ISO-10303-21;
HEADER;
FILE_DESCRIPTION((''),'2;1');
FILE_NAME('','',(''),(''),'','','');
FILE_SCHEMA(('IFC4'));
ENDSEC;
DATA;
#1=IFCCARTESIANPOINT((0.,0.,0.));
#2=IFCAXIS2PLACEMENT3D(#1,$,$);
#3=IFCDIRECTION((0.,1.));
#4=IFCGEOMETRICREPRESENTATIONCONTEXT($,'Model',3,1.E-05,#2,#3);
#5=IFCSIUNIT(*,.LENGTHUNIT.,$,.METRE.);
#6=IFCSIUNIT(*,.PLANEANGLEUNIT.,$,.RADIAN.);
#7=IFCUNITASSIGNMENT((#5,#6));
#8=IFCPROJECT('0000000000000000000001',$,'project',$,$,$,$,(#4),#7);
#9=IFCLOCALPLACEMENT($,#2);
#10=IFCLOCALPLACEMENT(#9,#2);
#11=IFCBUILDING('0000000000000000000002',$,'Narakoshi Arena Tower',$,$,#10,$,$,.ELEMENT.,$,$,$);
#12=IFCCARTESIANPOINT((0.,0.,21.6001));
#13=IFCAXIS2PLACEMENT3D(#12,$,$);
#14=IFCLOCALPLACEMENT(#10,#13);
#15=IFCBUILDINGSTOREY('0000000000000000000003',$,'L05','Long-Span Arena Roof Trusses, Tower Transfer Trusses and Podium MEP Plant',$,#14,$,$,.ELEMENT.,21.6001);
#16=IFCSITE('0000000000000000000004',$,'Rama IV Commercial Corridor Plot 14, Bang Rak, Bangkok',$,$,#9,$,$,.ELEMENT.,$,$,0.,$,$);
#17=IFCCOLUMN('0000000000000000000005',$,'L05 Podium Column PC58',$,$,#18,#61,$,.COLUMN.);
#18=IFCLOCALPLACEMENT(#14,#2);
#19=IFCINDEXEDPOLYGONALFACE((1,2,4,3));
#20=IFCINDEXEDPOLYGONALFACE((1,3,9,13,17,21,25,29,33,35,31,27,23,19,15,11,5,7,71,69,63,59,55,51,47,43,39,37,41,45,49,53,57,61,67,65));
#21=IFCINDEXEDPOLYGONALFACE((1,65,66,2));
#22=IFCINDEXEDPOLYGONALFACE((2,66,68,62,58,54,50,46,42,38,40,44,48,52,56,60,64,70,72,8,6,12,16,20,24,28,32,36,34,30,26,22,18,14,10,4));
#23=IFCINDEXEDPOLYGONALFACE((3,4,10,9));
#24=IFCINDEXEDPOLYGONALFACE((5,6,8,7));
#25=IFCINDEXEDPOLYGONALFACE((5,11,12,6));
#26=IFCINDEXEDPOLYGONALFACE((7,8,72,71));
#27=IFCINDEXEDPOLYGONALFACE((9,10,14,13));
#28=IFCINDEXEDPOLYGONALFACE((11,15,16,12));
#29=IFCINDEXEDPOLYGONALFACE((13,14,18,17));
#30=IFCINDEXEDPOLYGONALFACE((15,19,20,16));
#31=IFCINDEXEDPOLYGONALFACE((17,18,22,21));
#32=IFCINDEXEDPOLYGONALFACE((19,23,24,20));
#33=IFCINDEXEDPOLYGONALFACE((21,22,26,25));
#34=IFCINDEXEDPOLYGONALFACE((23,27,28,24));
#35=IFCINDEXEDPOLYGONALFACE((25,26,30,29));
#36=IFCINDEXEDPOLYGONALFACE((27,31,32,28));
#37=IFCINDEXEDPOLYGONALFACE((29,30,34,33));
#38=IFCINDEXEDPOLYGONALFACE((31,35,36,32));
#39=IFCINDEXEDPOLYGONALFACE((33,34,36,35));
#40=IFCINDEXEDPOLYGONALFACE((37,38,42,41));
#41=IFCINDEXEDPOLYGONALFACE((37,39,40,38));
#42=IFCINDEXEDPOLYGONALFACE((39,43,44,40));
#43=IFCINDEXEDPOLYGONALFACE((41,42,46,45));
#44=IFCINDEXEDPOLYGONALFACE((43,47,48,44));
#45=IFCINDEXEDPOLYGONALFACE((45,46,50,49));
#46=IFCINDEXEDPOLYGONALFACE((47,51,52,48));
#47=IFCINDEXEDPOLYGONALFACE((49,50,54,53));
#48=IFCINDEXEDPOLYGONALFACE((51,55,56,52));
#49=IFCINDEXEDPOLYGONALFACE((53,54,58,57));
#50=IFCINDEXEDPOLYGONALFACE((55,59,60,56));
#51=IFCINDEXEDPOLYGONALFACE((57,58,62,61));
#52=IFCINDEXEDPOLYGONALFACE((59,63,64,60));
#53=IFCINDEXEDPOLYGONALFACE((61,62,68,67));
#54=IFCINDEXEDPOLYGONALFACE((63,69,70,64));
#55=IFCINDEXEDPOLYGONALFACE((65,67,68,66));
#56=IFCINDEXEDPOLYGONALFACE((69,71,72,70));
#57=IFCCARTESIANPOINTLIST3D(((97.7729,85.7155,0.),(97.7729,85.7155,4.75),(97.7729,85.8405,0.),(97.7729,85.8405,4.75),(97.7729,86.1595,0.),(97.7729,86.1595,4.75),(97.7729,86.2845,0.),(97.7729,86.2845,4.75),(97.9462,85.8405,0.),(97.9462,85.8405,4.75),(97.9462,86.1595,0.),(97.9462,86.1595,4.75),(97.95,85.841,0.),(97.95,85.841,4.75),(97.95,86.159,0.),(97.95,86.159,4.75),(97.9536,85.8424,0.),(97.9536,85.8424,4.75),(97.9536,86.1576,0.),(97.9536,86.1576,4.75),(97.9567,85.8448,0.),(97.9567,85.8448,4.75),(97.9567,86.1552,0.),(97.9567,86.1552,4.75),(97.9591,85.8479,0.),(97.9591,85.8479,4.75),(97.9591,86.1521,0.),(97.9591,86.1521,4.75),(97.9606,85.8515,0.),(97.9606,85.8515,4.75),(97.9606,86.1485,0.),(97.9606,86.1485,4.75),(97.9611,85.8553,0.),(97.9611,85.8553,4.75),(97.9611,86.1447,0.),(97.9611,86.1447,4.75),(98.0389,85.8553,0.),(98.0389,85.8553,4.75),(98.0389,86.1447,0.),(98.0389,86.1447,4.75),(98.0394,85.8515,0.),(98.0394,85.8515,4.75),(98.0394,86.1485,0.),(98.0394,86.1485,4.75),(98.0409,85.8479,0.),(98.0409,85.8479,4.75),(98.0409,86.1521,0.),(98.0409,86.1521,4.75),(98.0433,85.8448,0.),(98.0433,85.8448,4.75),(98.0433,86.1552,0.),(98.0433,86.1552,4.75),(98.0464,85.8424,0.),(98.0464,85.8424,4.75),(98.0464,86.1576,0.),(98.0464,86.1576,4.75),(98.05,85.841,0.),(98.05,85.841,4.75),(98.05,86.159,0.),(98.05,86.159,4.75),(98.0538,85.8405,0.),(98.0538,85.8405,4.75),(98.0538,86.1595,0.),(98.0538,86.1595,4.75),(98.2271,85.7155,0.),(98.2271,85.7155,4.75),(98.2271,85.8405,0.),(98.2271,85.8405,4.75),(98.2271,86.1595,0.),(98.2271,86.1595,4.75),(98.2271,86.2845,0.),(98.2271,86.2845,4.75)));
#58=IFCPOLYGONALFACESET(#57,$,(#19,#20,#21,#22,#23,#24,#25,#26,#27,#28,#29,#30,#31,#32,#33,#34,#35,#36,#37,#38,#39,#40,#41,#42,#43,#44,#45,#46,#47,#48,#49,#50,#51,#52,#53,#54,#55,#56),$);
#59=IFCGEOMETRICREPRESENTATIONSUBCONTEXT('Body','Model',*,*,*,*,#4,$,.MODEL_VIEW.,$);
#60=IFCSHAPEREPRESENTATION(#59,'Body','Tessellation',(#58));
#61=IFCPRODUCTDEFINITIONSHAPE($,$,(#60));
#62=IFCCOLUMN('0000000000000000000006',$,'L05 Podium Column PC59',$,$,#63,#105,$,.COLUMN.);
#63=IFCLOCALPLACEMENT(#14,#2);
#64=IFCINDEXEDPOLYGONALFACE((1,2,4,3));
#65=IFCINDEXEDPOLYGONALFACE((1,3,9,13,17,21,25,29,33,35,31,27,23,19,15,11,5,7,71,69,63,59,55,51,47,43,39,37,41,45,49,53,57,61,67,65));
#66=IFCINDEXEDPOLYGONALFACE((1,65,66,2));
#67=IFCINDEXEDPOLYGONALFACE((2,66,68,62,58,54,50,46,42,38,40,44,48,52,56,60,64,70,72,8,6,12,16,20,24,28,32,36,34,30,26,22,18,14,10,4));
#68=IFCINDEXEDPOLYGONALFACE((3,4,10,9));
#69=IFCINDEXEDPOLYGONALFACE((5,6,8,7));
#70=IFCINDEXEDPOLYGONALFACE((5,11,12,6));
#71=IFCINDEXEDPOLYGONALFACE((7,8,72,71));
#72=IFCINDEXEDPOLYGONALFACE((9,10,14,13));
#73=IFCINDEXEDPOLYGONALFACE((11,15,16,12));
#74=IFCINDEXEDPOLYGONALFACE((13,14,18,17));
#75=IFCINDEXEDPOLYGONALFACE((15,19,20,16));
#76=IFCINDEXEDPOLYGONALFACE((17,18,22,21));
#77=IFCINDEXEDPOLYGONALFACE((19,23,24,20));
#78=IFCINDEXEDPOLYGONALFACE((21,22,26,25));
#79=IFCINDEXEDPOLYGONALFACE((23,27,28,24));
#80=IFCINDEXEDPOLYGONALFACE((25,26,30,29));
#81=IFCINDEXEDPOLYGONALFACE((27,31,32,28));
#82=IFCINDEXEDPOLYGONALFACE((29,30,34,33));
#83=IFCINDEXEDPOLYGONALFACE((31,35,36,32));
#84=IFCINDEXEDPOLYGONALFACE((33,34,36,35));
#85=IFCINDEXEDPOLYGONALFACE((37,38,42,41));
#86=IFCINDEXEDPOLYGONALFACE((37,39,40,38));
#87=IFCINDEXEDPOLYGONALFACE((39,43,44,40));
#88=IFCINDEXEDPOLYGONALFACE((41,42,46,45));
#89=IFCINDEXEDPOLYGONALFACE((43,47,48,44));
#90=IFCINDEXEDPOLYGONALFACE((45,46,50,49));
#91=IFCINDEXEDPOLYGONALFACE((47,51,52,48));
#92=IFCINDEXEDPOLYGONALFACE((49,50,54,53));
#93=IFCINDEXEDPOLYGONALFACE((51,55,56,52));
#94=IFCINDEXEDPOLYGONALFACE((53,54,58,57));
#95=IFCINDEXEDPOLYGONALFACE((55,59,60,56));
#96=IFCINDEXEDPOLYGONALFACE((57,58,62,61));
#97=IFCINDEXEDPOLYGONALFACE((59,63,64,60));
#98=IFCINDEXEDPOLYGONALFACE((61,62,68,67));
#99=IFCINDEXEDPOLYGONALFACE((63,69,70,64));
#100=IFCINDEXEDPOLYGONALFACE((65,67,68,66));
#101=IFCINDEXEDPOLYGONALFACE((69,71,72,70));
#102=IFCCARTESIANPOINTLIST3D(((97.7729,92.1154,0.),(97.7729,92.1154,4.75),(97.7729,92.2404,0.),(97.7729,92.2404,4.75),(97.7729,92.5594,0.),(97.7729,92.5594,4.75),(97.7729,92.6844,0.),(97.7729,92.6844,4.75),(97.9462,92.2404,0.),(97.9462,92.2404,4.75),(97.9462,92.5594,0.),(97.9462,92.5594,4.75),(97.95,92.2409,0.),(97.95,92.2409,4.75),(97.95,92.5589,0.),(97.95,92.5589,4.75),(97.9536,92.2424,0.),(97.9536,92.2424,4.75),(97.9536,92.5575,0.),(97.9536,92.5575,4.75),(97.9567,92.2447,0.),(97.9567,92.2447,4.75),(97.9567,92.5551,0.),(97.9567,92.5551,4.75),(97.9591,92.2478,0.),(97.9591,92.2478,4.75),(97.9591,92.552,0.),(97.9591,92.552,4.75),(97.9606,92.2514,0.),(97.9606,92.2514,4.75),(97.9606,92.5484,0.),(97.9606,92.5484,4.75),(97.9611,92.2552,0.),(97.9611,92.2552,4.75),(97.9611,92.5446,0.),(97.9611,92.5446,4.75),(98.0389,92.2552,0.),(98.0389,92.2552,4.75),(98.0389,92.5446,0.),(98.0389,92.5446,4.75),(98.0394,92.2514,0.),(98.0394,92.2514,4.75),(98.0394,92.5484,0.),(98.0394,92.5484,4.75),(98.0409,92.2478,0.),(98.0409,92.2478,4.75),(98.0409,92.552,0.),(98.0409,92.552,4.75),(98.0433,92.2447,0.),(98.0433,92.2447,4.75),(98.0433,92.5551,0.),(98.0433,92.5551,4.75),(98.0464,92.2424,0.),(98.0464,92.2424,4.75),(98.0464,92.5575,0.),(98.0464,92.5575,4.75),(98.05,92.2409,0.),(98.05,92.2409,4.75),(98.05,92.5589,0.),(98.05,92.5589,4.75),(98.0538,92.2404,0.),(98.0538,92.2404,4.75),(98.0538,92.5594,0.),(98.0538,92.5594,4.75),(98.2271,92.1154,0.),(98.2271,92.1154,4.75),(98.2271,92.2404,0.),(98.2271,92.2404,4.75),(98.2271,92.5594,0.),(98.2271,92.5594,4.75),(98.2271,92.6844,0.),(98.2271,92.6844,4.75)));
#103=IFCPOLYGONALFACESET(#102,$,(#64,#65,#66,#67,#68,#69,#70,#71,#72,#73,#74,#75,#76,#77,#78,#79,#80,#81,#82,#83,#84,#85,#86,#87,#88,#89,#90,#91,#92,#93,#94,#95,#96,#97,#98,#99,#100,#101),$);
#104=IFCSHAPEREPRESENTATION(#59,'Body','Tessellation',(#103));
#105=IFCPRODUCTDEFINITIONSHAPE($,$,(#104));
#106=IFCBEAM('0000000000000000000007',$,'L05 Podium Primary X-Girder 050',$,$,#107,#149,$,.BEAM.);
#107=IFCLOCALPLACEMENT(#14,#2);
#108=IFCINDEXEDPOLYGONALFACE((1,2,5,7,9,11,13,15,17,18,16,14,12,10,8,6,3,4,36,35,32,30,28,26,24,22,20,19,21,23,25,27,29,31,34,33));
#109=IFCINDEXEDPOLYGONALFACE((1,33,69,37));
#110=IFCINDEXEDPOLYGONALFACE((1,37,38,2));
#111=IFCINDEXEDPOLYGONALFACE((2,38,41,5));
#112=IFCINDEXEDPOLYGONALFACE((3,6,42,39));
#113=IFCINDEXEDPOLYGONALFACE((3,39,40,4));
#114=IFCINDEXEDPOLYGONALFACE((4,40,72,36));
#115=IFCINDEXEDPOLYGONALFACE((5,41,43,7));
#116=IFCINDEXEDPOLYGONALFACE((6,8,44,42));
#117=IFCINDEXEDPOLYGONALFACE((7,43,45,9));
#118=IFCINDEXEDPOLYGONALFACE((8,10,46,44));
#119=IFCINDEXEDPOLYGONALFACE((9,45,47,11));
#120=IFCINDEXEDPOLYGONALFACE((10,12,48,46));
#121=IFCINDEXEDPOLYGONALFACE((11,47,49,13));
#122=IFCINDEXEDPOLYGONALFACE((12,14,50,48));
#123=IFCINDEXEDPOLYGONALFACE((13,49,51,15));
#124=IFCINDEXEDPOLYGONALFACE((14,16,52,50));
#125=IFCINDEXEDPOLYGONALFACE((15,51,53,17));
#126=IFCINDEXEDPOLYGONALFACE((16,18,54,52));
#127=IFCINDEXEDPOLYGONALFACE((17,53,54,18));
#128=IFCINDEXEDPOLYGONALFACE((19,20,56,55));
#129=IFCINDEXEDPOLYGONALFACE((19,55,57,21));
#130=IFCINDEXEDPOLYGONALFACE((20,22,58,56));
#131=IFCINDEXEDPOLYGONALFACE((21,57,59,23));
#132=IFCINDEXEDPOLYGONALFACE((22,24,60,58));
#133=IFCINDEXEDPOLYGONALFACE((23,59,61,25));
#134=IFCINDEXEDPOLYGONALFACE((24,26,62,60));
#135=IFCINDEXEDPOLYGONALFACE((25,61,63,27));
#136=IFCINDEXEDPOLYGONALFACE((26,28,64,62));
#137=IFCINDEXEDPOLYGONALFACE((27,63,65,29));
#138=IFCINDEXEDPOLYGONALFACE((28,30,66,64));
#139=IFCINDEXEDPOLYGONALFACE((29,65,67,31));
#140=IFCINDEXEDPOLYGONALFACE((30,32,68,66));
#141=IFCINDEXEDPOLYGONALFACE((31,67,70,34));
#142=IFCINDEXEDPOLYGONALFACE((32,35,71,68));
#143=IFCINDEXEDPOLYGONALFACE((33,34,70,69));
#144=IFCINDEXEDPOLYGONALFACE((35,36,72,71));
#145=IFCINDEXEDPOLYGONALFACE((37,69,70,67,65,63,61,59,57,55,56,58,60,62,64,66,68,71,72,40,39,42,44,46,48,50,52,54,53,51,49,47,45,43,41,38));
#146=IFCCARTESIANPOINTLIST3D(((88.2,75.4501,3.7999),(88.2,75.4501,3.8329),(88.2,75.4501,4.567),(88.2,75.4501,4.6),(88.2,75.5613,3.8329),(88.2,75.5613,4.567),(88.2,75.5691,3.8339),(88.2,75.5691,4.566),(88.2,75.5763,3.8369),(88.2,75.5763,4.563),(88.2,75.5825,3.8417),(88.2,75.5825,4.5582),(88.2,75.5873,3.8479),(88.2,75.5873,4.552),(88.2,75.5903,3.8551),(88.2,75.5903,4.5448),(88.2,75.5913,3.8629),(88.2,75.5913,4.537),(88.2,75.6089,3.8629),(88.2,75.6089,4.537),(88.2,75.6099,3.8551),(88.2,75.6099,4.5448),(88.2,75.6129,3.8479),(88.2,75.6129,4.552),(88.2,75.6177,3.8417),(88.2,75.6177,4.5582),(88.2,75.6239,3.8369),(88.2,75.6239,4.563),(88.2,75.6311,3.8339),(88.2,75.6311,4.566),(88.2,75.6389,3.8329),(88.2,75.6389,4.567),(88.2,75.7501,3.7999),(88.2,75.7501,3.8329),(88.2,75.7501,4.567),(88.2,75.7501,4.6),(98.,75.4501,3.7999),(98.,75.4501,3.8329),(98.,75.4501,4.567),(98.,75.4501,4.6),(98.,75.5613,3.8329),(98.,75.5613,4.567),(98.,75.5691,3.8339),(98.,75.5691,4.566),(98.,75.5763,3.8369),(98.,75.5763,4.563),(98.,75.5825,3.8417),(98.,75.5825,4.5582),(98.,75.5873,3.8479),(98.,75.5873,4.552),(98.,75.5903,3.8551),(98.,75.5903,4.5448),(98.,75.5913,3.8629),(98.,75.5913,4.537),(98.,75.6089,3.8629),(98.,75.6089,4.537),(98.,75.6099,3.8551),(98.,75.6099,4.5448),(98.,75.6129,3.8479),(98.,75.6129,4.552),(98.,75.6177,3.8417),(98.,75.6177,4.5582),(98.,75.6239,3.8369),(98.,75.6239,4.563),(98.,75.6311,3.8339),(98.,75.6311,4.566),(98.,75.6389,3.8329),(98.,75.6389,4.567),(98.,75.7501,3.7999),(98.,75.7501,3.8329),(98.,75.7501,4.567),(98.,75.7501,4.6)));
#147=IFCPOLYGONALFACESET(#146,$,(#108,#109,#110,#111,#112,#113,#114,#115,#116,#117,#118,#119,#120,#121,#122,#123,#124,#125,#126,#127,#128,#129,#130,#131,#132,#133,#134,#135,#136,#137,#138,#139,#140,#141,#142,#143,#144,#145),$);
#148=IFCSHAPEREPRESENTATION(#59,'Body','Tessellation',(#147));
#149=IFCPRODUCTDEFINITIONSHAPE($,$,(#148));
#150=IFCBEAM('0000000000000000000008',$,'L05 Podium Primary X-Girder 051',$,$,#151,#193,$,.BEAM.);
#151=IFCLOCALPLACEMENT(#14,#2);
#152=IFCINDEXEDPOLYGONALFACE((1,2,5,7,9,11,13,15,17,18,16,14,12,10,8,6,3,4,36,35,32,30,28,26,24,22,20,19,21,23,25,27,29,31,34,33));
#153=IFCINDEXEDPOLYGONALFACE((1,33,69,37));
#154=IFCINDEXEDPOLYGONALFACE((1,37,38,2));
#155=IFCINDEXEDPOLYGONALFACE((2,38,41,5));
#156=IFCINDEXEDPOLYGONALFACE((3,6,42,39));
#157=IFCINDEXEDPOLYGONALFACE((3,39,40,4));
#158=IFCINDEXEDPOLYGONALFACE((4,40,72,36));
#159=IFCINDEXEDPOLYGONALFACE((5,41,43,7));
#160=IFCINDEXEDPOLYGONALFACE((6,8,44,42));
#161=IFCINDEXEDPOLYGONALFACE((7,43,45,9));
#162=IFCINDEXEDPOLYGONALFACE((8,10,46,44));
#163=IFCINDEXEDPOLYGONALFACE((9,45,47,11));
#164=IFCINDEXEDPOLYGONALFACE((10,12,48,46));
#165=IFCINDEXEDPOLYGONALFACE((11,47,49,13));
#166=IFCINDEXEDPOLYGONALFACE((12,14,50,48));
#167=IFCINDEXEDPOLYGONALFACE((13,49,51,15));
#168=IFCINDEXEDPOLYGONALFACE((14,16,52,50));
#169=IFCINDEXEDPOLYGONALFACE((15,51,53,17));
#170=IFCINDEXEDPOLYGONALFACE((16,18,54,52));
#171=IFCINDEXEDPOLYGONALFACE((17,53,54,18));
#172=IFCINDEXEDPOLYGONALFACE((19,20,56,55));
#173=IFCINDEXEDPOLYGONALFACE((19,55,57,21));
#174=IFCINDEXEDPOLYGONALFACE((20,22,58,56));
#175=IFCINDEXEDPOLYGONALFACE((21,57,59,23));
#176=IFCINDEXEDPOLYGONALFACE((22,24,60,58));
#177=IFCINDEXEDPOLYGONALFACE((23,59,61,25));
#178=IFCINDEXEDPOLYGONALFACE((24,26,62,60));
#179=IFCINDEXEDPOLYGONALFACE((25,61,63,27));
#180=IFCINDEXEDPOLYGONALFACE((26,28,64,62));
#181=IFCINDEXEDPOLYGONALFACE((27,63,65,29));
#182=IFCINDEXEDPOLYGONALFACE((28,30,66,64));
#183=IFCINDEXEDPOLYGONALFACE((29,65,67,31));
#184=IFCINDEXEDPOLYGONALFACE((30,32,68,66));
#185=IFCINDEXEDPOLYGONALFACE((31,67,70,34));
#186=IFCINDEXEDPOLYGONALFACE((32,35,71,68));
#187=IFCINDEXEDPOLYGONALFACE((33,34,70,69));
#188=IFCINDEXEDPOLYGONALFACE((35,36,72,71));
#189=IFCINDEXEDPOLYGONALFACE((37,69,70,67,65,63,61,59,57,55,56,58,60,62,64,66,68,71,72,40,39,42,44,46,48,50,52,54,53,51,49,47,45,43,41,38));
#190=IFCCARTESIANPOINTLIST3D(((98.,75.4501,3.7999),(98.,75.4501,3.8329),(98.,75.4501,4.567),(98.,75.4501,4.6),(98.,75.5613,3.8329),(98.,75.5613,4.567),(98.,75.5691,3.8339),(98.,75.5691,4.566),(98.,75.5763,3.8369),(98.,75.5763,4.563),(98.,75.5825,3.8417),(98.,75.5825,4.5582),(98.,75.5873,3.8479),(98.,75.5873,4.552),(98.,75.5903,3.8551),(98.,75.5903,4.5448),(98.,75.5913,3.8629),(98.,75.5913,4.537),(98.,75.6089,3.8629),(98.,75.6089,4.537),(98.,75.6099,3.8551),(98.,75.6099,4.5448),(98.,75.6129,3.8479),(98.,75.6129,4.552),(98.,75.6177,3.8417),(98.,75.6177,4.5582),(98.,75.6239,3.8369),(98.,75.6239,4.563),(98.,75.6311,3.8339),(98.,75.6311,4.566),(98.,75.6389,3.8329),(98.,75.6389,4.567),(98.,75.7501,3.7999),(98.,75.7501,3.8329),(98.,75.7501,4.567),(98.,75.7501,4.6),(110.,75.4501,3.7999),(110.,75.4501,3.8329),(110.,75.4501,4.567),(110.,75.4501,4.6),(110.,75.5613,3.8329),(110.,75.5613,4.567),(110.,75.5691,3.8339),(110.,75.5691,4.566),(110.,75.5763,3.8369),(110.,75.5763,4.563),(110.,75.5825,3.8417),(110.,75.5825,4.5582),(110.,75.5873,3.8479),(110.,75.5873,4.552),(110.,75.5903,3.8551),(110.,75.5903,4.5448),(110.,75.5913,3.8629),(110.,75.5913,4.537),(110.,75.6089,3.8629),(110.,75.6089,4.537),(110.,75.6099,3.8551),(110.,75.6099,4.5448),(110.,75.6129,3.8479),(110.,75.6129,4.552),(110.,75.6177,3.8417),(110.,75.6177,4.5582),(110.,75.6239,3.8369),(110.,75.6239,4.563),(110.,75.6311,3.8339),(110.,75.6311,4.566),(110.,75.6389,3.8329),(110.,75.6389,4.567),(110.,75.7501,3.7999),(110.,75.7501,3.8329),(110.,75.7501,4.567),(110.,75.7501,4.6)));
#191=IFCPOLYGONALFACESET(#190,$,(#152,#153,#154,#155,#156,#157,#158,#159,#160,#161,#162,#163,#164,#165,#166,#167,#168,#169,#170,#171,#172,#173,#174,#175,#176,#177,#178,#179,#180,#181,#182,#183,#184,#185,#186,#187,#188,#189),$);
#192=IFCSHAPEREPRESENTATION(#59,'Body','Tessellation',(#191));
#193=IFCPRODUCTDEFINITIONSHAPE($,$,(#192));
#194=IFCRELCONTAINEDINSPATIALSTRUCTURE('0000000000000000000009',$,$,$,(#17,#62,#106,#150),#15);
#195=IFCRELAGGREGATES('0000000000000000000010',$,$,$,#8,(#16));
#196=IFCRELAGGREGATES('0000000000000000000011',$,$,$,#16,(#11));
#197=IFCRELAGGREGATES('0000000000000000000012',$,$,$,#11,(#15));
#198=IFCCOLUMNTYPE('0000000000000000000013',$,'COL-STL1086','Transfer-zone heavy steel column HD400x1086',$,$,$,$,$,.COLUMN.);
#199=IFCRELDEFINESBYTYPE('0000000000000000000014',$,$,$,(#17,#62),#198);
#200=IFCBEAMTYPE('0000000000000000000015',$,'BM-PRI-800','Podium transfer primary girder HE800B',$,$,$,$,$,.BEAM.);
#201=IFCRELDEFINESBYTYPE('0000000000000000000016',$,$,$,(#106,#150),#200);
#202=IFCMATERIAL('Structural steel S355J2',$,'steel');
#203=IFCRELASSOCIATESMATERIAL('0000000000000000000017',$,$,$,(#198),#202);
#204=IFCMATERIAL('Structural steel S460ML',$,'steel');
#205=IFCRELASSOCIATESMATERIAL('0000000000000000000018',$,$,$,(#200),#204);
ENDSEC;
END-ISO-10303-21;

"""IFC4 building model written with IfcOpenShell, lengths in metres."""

from ifc_helpers import new_model, si_unit, direction, frame, origin, origin_2d, place, context, subcontext, project, spatial, i_section, extrude, material, material_profile, profile_set, type_object, element, save


model = new_model("IFC4")

# Units and contexts
model_context = context("Model", 3, precision=1e-05, world=origin(), true_north=direction((0.0, 1.0)))
body_context = subcontext(model_context, "Body", "Model", "MODEL_VIEW")
ifc_project = project(units=[si_unit("LENGTHUNIT", "METRE"), si_unit("PLANEANGLEUNIT", "RADIAN")], contexts=[model_context])

# Site, building, storey
site_placement = place(None, origin())
site = spatial("IfcSite", under=ifc_project, at=site_placement, Name="Rama IV Commercial Corridor Plot 14, Bang Rak, Bangkok", CompositionType="ELEMENT", RefElevation=0.0)
building_placement = place(site_placement, origin())
building = spatial("IfcBuilding", under=site, at=building_placement, Name="Narakoshi Arena Tower", CompositionType="ELEMENT")
storey_placement = place(building_placement, frame((0.0, 0.0, 21.6001)))
storey = spatial("IfcBuildingStorey", under=building, at=storey_placement, Name="L05", Description="Long-Span Arena Roof Trusses, Tower Transfer Trusses and Podium MEP Plant", CompositionType="ELEMENT", Elevation=21.6001)

# Columns
ifc_material_1 = material(Name="Structural steel S355J2", Category="steel")
ifc_material_profile_1 = material_profile(ifc_material_1, i_section(OverallWidth=0.4541, OverallDepth=0.5691, WebThickness=0.0779, FlangeThickness=0.125, FilletRadius=0.0149, at=origin_2d()), Name="HD400x1086")
ifc_profile_set_1 = profile_set([ifc_material_profile_1], Name="Structural steel S355J2")
column_type = type_object("IfcColumnType", Name="COL-STL1086", Description="Transfer-zone heavy steel column HD400x1086", PredefinedType="COLUMN", material=ifc_profile_set_1)
for number, where, z_axis, x_axis, name in (
    (1, (98.0, 86.0, 0.0), (0.0, 0.0, 1.0), (1.0, 0.0, 0.0), "L05 Podium Column PC58"),
    (2, (98.0, 92.3999, 0.0), (0.0, 0.0, 1.0), (1.0, 0.0, 0.0), "L05 Podium Column PC59"),
):
    element("IfcColumn", number, at=place(storey_placement, frame(where, z_axis=z_axis, x_axis=x_axis)), inside=storey, type_object=column_type, Name=name, PredefinedType="COLUMN", context=body_context, shape_type="SweptSolid", body=[
        extrude(i_section(OverallWidth=0.4541, OverallDepth=0.5691, WebThickness=0.0779, FlangeThickness=0.125, FilletRadius=0.0149, at=origin_2d()), origin(), (0.0, 0.0, 1.0), 4.75),
    ])

# Beams
ifc_material_2 = material(Name="Structural steel S460ML", Category="steel")
ifc_material_profile_2 = material_profile(ifc_material_2, i_section(OverallWidth=0.3, OverallDepth=0.8, WebThickness=0.0176, FlangeThickness=0.033, FilletRadius=0.03, at=origin_2d()), Name="HE800B")
ifc_profile_set_2 = profile_set([ifc_material_profile_2], Name="Structural steel S460ML")
beam_type_1 = type_object("IfcBeamType", Name="BM-PRI-800", Description="Podium transfer primary girder HE800B", PredefinedType="BEAM", material=ifc_profile_set_2)
beam_1_placement = place(storey_placement, frame((88.2, 75.6001, 4.2), z_axis=(1.0, 0.0, 0.0), x_axis=(0.0, 1.0, 0.0)))
element("IfcBeam", 3, at=beam_1_placement, inside=storey, type_object=beam_type_1, Name="L05 Podium Primary X-Girder 050", PredefinedType="BEAM", context=body_context, shape_type="SweptSolid", body=[
    extrude(i_section(OverallWidth=0.3, OverallDepth=0.8, WebThickness=0.0176, FlangeThickness=0.033, FilletRadius=0.03, at=origin_2d()), origin(), (0.0, 0.0, 1.0), 9.8),
])
beam_2_placement = place(storey_placement, frame((98.0, 75.6001, 4.2), z_axis=(1.0, 0.0, 0.0), x_axis=(0.0, 1.0, 0.0)))
element("IfcBeam", 4, at=beam_2_placement, inside=storey, type_object=beam_type_1, Name="L05 Podium Primary X-Girder 051", PredefinedType="BEAM", context=body_context, shape_type="SweptSolid", body=[
    extrude(i_section(OverallWidth=0.3, OverallDepth=0.8, WebThickness=0.0176, FlangeThickness=0.033, FilletRadius=0.03, at=origin_2d()), origin(), (0.0, 0.0, 1.0), 12.0),
])

save(model, "model.ifc")
